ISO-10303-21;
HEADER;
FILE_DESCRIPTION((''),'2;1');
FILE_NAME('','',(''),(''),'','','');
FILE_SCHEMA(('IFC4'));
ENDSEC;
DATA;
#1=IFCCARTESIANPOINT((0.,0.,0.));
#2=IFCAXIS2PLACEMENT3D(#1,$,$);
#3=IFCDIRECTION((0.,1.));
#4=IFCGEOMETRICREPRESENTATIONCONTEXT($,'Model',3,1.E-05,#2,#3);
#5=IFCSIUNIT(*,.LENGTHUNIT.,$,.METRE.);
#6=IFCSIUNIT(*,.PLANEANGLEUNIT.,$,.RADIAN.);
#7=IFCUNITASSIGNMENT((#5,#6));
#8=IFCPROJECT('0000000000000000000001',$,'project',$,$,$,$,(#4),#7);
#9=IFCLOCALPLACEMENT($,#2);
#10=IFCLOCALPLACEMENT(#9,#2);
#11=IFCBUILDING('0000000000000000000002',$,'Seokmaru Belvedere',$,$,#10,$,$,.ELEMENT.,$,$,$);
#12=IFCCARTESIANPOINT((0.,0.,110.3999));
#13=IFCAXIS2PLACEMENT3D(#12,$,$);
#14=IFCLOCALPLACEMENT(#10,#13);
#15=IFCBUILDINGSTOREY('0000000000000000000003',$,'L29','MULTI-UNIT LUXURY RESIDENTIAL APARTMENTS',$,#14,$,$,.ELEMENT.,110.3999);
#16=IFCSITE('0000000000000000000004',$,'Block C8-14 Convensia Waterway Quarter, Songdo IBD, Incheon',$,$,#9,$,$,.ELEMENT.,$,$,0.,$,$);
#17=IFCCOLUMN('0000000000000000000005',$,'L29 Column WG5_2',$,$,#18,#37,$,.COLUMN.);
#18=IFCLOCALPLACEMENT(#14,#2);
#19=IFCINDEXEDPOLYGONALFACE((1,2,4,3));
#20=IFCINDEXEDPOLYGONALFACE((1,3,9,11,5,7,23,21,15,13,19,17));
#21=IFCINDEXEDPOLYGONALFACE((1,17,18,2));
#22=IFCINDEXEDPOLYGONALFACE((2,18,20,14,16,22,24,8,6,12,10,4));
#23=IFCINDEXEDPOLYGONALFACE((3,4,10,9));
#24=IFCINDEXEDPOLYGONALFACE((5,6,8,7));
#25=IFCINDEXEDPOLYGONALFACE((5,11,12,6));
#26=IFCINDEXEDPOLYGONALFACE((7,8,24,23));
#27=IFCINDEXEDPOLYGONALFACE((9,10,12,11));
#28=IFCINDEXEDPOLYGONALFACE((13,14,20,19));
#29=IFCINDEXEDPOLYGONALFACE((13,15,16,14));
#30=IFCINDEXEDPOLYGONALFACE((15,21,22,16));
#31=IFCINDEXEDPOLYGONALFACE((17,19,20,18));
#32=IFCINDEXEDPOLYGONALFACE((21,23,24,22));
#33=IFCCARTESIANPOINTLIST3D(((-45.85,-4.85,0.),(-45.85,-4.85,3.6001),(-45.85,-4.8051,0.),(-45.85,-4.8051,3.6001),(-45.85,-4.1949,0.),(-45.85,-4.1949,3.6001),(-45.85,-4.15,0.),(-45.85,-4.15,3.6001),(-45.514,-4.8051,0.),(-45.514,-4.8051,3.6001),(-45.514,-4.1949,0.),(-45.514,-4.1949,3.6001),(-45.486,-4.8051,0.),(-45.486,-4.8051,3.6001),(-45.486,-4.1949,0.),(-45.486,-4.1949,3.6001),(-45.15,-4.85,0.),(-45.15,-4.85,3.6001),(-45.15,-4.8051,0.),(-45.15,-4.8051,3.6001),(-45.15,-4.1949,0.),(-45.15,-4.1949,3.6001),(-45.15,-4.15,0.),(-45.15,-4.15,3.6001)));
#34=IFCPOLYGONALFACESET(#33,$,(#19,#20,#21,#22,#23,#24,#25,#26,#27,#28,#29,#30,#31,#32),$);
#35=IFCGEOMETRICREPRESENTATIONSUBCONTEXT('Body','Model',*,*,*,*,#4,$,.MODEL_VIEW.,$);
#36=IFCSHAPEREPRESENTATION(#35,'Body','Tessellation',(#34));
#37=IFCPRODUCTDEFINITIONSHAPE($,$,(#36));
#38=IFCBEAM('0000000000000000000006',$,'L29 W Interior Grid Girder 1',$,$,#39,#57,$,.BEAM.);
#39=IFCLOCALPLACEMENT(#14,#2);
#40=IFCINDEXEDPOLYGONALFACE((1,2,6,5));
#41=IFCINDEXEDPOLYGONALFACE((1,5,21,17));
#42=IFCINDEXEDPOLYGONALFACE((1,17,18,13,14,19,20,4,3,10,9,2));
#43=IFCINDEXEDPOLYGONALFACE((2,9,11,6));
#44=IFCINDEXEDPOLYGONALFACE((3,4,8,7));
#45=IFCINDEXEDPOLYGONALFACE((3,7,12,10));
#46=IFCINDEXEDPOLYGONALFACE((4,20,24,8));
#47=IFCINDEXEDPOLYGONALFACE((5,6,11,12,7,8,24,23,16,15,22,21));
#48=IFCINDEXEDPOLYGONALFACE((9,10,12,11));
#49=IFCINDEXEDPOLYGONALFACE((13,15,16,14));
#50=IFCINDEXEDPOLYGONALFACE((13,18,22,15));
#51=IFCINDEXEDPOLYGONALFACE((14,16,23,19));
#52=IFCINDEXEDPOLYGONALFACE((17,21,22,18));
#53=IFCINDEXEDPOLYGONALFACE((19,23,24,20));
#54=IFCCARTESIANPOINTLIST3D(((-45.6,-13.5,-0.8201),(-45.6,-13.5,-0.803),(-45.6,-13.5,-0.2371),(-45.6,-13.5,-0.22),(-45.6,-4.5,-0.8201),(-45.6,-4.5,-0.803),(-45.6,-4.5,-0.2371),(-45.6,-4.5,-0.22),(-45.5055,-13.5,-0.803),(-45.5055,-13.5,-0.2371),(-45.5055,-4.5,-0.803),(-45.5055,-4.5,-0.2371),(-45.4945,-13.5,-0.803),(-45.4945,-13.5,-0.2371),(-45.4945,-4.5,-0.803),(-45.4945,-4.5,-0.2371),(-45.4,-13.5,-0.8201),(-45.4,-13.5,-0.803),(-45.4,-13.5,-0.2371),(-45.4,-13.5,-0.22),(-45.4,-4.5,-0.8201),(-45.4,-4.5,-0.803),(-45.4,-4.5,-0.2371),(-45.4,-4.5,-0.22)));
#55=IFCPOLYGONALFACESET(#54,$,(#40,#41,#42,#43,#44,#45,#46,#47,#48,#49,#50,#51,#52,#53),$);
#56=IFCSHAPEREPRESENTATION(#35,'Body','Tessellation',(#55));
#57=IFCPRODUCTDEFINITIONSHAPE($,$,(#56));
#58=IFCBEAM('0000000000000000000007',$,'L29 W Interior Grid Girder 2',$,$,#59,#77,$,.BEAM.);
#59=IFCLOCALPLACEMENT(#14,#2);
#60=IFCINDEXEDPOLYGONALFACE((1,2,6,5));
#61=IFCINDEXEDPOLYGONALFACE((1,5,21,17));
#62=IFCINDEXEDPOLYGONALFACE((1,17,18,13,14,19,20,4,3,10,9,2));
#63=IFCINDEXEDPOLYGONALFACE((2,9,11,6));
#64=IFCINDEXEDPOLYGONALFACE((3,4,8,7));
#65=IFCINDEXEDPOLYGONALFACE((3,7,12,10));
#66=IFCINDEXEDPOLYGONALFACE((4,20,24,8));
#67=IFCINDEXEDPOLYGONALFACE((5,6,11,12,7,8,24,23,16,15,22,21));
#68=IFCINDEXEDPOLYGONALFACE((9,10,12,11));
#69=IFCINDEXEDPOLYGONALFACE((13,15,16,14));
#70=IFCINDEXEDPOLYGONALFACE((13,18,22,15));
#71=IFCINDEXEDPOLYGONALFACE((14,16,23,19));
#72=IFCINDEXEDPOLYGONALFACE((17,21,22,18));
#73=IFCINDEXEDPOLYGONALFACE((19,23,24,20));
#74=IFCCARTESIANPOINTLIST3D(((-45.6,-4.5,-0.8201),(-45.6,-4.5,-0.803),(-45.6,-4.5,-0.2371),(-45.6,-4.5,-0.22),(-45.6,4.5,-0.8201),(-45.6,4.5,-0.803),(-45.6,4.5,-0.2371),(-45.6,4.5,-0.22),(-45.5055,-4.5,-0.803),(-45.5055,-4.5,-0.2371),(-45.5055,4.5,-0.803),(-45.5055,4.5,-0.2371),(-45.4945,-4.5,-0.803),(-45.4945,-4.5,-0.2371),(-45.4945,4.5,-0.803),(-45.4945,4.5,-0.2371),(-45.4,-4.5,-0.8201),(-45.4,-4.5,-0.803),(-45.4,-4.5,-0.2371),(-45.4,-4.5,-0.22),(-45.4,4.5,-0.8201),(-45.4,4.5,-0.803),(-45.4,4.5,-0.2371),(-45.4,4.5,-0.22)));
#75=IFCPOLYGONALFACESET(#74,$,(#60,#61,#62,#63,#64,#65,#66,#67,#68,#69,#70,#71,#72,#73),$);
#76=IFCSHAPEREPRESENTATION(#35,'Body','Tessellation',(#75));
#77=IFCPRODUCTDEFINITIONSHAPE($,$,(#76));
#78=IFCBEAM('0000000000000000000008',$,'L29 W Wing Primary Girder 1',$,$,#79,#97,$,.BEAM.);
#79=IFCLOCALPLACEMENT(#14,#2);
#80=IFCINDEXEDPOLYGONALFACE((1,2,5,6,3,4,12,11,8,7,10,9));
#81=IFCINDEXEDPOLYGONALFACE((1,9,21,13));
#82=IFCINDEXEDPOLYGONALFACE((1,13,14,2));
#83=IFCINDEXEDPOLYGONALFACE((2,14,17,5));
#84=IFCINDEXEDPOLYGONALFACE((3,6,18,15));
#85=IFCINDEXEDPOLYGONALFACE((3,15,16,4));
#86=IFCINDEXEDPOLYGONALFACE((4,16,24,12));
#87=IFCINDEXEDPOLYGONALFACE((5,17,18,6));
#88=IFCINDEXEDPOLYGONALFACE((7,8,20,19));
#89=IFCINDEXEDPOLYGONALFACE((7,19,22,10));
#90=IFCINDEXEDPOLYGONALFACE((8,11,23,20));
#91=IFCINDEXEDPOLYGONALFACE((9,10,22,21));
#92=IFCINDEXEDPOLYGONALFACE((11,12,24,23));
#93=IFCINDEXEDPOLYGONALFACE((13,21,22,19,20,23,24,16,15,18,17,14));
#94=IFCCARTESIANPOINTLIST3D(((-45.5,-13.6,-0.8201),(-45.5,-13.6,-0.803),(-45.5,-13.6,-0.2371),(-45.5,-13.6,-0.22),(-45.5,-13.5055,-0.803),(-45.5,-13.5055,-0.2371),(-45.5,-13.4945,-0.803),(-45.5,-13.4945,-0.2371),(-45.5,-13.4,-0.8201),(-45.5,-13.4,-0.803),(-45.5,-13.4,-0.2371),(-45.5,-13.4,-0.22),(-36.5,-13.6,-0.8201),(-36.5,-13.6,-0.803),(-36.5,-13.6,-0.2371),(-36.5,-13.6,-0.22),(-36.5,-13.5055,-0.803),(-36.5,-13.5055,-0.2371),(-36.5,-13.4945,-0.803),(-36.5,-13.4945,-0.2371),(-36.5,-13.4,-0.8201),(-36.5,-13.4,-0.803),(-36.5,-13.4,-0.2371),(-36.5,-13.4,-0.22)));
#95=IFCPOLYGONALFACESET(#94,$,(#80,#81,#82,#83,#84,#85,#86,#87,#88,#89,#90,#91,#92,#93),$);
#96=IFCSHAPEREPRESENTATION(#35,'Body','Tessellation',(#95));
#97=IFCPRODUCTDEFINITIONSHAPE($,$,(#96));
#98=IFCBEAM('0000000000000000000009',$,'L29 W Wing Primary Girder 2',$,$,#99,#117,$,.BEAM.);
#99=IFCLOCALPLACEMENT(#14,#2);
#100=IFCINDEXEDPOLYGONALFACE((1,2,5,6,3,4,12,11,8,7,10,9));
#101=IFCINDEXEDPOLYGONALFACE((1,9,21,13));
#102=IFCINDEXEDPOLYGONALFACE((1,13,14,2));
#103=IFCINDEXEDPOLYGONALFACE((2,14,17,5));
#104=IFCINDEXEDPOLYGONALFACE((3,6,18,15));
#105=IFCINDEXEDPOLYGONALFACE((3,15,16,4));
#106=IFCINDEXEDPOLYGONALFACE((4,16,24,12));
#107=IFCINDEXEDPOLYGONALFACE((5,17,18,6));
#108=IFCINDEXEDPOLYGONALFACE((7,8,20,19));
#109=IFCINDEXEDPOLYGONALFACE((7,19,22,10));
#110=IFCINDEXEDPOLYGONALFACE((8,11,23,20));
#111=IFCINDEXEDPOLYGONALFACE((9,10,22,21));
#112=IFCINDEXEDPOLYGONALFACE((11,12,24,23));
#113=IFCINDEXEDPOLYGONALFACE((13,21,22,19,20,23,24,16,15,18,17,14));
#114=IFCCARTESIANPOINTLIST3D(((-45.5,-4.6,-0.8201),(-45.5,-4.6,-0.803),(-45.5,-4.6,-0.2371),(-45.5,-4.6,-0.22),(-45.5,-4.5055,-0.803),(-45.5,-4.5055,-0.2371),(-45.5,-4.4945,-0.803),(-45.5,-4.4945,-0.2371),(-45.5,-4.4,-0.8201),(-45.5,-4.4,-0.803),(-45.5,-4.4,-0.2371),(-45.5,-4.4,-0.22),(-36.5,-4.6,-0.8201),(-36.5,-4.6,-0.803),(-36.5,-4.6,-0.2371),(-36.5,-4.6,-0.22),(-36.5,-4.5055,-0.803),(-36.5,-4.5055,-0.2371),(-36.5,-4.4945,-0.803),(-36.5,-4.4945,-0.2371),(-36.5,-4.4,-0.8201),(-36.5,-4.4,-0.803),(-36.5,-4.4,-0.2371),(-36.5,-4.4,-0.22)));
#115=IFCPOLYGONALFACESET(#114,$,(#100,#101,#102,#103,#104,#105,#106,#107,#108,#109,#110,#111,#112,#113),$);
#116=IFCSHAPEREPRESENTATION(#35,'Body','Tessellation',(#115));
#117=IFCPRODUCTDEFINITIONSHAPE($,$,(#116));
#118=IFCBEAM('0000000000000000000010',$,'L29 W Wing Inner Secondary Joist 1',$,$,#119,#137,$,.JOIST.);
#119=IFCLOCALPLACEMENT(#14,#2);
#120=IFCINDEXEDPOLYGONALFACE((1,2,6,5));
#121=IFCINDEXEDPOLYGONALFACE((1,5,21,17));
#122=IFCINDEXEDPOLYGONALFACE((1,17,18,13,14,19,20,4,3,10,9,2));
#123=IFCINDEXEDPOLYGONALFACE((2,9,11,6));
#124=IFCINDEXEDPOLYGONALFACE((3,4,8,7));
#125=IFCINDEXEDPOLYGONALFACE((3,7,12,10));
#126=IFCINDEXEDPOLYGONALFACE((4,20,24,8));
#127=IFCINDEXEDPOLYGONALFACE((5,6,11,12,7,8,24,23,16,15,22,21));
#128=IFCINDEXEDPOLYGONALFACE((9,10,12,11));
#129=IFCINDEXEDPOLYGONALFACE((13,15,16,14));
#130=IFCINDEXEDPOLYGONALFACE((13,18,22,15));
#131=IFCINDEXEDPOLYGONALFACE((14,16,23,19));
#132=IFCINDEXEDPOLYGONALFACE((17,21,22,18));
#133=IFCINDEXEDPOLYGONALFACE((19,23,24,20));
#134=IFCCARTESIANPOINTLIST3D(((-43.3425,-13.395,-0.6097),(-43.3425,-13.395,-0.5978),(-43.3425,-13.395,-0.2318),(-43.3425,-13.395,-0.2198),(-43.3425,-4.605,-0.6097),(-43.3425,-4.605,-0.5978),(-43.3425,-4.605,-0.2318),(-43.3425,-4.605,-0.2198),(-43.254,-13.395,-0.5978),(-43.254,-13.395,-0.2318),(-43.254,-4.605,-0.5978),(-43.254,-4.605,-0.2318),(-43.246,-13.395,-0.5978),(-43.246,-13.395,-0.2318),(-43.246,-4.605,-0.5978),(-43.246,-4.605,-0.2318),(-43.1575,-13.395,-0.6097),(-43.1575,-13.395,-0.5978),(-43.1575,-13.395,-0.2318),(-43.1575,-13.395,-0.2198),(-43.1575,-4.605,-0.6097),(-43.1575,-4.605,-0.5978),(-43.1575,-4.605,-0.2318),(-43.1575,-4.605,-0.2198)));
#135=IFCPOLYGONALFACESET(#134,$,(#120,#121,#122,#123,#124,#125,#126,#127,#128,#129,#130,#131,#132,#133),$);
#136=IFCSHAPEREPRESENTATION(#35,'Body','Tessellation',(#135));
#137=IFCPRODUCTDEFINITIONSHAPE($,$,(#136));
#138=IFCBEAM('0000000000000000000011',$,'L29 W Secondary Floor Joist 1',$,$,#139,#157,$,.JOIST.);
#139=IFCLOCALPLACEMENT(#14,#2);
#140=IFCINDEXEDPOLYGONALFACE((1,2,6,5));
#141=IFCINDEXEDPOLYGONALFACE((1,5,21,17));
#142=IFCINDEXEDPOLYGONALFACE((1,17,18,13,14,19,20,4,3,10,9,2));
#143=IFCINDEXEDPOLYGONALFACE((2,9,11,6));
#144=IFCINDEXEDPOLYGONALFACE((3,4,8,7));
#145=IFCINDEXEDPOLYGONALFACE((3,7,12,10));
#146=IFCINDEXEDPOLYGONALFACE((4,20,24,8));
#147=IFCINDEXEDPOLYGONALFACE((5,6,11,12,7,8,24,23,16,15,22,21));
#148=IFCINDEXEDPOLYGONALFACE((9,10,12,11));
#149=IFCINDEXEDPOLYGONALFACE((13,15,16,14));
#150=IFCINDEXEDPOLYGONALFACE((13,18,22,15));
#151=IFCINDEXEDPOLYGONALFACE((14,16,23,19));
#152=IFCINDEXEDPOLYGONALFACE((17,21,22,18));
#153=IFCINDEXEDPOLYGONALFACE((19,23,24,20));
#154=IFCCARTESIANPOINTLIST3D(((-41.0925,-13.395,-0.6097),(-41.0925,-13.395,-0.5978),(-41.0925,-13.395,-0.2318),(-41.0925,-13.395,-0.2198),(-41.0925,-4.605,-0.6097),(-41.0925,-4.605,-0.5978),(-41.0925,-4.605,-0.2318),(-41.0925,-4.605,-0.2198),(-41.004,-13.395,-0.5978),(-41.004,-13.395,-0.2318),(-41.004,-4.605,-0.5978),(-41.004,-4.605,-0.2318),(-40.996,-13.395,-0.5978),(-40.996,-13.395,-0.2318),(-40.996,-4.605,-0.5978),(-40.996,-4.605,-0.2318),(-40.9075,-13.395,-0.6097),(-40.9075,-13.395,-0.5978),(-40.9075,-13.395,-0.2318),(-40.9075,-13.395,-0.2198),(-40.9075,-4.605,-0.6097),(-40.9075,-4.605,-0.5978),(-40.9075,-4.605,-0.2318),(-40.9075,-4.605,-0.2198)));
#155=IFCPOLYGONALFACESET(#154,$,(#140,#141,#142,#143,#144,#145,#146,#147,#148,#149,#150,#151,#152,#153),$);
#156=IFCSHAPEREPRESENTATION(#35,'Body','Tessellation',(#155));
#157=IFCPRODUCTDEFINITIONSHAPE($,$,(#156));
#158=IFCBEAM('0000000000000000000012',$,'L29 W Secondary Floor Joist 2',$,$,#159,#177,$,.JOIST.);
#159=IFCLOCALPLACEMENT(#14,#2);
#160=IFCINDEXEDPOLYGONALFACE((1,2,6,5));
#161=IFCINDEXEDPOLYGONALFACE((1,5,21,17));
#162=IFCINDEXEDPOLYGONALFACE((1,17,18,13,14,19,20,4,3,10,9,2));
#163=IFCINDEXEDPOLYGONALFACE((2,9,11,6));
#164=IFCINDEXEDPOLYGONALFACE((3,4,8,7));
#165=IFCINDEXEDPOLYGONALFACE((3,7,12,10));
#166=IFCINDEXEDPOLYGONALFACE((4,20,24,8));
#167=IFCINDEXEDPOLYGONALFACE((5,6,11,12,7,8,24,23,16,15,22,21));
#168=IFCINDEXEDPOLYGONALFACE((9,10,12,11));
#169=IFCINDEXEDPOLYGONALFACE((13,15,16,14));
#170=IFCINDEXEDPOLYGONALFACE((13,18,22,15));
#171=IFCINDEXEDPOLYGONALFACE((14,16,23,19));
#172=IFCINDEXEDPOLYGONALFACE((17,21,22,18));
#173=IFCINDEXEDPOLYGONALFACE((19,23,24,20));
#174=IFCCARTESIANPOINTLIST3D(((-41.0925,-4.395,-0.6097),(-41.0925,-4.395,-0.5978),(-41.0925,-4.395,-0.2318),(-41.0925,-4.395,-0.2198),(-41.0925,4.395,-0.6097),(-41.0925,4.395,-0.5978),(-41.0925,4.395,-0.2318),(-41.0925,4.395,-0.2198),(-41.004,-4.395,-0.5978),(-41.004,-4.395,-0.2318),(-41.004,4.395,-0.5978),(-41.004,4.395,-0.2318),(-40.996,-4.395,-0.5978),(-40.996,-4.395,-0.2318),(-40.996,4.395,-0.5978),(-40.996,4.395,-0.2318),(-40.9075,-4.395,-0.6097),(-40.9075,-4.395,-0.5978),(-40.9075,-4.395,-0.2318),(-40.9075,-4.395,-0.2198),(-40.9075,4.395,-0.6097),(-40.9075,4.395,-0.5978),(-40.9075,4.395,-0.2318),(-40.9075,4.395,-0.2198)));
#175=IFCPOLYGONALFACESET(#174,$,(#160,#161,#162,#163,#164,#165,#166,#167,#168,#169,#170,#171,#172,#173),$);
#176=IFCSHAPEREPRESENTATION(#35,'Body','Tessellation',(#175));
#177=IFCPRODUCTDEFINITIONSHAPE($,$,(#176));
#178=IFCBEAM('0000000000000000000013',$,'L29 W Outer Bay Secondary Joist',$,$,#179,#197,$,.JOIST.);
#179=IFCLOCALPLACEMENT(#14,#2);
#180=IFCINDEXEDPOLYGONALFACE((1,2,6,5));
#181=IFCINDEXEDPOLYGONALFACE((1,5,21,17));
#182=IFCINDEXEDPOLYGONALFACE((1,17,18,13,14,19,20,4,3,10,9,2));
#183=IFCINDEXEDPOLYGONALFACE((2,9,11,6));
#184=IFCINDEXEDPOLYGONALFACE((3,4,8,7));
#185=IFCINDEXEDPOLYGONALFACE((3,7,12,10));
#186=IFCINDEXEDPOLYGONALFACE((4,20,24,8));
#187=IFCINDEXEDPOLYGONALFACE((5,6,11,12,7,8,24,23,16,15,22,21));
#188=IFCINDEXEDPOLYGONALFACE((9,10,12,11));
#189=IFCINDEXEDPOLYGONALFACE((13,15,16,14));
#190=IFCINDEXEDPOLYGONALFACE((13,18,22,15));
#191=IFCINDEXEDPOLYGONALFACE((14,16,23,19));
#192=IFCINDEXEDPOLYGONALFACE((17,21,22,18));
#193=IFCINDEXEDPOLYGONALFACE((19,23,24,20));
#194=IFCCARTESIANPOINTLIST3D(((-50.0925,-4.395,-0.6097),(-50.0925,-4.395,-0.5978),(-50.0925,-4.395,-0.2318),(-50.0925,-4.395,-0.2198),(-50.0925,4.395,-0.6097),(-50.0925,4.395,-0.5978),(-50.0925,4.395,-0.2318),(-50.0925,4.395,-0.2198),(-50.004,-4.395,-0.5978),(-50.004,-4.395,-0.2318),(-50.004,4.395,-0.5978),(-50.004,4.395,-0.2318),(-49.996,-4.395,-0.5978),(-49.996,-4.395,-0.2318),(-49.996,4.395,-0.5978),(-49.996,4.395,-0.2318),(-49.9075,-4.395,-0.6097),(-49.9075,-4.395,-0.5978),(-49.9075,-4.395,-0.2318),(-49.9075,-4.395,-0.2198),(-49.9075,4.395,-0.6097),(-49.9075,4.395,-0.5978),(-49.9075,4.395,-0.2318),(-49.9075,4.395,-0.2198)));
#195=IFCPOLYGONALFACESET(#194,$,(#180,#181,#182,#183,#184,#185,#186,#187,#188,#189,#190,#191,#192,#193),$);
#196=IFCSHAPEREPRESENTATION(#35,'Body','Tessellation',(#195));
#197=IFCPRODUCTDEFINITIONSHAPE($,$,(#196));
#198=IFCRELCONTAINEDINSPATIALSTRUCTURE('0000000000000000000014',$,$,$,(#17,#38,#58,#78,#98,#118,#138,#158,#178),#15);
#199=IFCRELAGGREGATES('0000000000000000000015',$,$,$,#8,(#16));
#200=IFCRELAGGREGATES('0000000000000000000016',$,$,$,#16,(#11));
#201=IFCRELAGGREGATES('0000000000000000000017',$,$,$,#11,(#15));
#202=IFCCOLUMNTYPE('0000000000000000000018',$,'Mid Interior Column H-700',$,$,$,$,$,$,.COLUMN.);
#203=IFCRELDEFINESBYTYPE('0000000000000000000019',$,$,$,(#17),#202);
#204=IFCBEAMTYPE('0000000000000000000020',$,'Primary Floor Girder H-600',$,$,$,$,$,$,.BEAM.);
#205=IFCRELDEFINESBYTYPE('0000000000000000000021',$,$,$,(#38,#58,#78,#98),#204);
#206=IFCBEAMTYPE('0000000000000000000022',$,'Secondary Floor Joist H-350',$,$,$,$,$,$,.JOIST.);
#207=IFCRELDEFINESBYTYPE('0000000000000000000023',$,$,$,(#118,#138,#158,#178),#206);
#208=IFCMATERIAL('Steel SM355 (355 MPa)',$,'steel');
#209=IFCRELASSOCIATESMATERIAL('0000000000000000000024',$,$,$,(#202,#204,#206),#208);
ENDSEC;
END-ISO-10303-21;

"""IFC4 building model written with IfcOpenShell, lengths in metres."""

from ifc_helpers import new_model, si_unit, direction, frame, origin, origin_2d, place, context, subcontext, project, spatial, i_section, extrude, source, transform, mapped, material, material_profile, profile_set, type_object, type_shapes, element, save


model = new_model("IFC4")

# Units and contexts
model_context = context("Model", 3, precision=1e-05, world=origin(), true_north=direction((0.0, 1.0)))
body_context = subcontext(model_context, "Body", "Model", "MODEL_VIEW")
ifc_project = project(units=[si_unit("LENGTHUNIT", "METRE"), si_unit("PLANEANGLEUNIT", "RADIAN")], contexts=[model_context])

# Site, building, storey
site_placement = place(None, origin())
site = spatial("IfcSite", under=ifc_project, at=site_placement, Name="Block C8-14 Convensia Waterway Quarter, Songdo IBD, Incheon", CompositionType="ELEMENT", RefElevation=0.0)
building_placement = place(site_placement, origin())
building = spatial("IfcBuilding", under=site, at=building_placement, Name="Seokmaru Belvedere", CompositionType="ELEMENT")
storey_placement = place(building_placement, frame((0.0, 0.0, 110.3999)))
storey = spatial("IfcBuildingStorey", under=building, at=storey_placement, Name="L29", Description="MULTI-UNIT LUXURY RESIDENTIAL APARTMENTS", CompositionType="ELEMENT", Elevation=110.3999)

# Column
ifc_material_1 = material(Name="Steel SM355 (355 MPa)", Category="steel")
ifc_material_profile_1 = material_profile(ifc_material_1, i_section(OverallWidth=0.7, OverallDepth=0.7, WebThickness=0.0281, FlangeThickness=0.0449, at=origin_2d()), Name="H-700x700x28x45")
ifc_profile_set_1 = profile_set([ifc_material_profile_1], Name="Steel SM355 (355 MPa)")
column_type = type_object("IfcColumnType", Name="Mid Interior Column H-700", PredefinedType="COLUMN", material=ifc_profile_set_1)
shared_shape_1 = source(origin(), body_context, "Body", "SweptSolid", [
    extrude(i_section(OverallWidth=0.7, OverallDepth=0.7, WebThickness=0.0281, FlangeThickness=0.0449, at=origin_2d()), origin(), (0.0, 0.0, 1.0), 3.6001),
])
type_shapes(column_type, [shared_shape_1])
column_placement = place(storey_placement, frame((-45.5, -4.5, 0.0), z_axis=(0.0, 0.0, 1.0), x_axis=(1.0, 0.0, 0.0)))
element("IfcColumn", 1, at=column_placement, inside=storey, type_object=column_type, Name="L29 Column WG5_2", PredefinedType="COLUMN", context=body_context, shape_type="MappedRepresentation", body=[
    mapped(shared_shape_1, transform((0.0, 0.0, 0.0), scale=1.0)),
])

# Beams
ifc_material_profile_2 = material_profile(ifc_material_1, i_section(OverallWidth=0.2, OverallDepth=0.6001, WebThickness=0.011, FlangeThickness=0.0171, at=origin_2d()), Name="H-600x200x11x17")
ifc_profile_set_2 = profile_set([ifc_material_profile_2], Name="Steel SM355 (355 MPa)")
beam_type_1 = type_object("IfcBeamType", Name="Primary Floor Girder H-600", PredefinedType="BEAM", material=ifc_profile_set_2)
shared_shape_2 = source(origin(), body_context, "Body", "SweptSolid", [
    extrude(i_section(OverallWidth=0.2, OverallDepth=0.6001, WebThickness=0.011, FlangeThickness=0.0171, at=origin_2d()), origin(), (0.0, 0.0, 1.0), 9.0),
])
type_shapes(beam_type_1, [shared_shape_2])
for number, where, z_axis, x_axis, name in (
    (2, (-45.5, -13.5, -0.52), (0.0, 1.0, 0.0), (-1.0, 0.0, 0.0), "L29 W Interior Grid Girder 1"),
    (3, (-45.5, -4.5, -0.52), (0.0, 1.0, 0.0), (-1.0, 0.0, 0.0), "L29 W Interior Grid Girder 2"),
    (4, (-45.5, -13.5, -0.52), (1.0, 0.0, 0.0), (0.0, 1.0, 0.0), "L29 W Wing Primary Girder 1"),
    (5, (-45.5, -4.5, -0.52), (1.0, 0.0, 0.0), (0.0, 1.0, 0.0), "L29 W Wing Primary Girder 2"),
):
    element("IfcBeam", number, at=place(storey_placement, frame(where, z_axis=z_axis, x_axis=x_axis)), inside=storey, type_object=beam_type_1, Name=name, PredefinedType="BEAM", context=body_context, shape_type="MappedRepresentation", body=[
        mapped(shared_shape_2, transform((0.0, 0.0, 0.0), scale=1.0)),
    ])
ifc_material_profile_3 = material_profile(ifc_material_1, i_section(OverallWidth=0.1851, OverallDepth=0.3899, WebThickness=0.0081, FlangeThickness=0.012, at=origin_2d()), Name="H-390x185x8x12")
ifc_profile_set_3 = profile_set([ifc_material_profile_3], Name="Steel SM355 (355 MPa)")
beam_type_2 = type_object("IfcBeamType", Name="Secondary Floor Joist H-350", PredefinedType="JOIST", material=ifc_profile_set_3)
shared_shape_3 = source(origin(), body_context, "Body", "SweptSolid", [
    extrude(i_section(OverallWidth=0.1851, OverallDepth=0.3899, WebThickness=0.0081, FlangeThickness=0.012, at=origin_2d()), origin(), (0.0, 0.0, 1.0), 8.79),
])
type_shapes(beam_type_2, [shared_shape_3])
for number, where, z_axis, x_axis, name in (
    (6, (-43.25, -13.395, -0.4148), (0.0, 1.0, 0.0), (-1.0, 0.0, 0.0), "L29 W Wing Inner Secondary Joist 1"),
    (7, (-41.0, -13.395, -0.4148), (0.0, 1.0, 0.0), (-1.0, 0.0, 0.0), "L29 W Secondary Floor Joist 1"),
    (8, (-41.0, -4.395, -0.4148), (0.0, 1.0, 0.0), (-1.0, 0.0, 0.0), "L29 W Secondary Floor Joist 2"),
    (9, (-50.0, -4.395, -0.4148), (0.0, 1.0, 0.0), (-1.0, 0.0, 0.0), "L29 W Outer Bay Secondary Joist"),
):
    element("IfcBeam", number, at=place(storey_placement, frame(where, z_axis=z_axis, x_axis=x_axis)), inside=storey, type_object=beam_type_2, Name=name, PredefinedType="JOIST", context=body_context, shape_type="MappedRepresentation", body=[
        mapped(shared_shape_3, transform((0.0, 0.0, 0.0), scale=1.0)),
    ])

save(model, "model.ifc")
